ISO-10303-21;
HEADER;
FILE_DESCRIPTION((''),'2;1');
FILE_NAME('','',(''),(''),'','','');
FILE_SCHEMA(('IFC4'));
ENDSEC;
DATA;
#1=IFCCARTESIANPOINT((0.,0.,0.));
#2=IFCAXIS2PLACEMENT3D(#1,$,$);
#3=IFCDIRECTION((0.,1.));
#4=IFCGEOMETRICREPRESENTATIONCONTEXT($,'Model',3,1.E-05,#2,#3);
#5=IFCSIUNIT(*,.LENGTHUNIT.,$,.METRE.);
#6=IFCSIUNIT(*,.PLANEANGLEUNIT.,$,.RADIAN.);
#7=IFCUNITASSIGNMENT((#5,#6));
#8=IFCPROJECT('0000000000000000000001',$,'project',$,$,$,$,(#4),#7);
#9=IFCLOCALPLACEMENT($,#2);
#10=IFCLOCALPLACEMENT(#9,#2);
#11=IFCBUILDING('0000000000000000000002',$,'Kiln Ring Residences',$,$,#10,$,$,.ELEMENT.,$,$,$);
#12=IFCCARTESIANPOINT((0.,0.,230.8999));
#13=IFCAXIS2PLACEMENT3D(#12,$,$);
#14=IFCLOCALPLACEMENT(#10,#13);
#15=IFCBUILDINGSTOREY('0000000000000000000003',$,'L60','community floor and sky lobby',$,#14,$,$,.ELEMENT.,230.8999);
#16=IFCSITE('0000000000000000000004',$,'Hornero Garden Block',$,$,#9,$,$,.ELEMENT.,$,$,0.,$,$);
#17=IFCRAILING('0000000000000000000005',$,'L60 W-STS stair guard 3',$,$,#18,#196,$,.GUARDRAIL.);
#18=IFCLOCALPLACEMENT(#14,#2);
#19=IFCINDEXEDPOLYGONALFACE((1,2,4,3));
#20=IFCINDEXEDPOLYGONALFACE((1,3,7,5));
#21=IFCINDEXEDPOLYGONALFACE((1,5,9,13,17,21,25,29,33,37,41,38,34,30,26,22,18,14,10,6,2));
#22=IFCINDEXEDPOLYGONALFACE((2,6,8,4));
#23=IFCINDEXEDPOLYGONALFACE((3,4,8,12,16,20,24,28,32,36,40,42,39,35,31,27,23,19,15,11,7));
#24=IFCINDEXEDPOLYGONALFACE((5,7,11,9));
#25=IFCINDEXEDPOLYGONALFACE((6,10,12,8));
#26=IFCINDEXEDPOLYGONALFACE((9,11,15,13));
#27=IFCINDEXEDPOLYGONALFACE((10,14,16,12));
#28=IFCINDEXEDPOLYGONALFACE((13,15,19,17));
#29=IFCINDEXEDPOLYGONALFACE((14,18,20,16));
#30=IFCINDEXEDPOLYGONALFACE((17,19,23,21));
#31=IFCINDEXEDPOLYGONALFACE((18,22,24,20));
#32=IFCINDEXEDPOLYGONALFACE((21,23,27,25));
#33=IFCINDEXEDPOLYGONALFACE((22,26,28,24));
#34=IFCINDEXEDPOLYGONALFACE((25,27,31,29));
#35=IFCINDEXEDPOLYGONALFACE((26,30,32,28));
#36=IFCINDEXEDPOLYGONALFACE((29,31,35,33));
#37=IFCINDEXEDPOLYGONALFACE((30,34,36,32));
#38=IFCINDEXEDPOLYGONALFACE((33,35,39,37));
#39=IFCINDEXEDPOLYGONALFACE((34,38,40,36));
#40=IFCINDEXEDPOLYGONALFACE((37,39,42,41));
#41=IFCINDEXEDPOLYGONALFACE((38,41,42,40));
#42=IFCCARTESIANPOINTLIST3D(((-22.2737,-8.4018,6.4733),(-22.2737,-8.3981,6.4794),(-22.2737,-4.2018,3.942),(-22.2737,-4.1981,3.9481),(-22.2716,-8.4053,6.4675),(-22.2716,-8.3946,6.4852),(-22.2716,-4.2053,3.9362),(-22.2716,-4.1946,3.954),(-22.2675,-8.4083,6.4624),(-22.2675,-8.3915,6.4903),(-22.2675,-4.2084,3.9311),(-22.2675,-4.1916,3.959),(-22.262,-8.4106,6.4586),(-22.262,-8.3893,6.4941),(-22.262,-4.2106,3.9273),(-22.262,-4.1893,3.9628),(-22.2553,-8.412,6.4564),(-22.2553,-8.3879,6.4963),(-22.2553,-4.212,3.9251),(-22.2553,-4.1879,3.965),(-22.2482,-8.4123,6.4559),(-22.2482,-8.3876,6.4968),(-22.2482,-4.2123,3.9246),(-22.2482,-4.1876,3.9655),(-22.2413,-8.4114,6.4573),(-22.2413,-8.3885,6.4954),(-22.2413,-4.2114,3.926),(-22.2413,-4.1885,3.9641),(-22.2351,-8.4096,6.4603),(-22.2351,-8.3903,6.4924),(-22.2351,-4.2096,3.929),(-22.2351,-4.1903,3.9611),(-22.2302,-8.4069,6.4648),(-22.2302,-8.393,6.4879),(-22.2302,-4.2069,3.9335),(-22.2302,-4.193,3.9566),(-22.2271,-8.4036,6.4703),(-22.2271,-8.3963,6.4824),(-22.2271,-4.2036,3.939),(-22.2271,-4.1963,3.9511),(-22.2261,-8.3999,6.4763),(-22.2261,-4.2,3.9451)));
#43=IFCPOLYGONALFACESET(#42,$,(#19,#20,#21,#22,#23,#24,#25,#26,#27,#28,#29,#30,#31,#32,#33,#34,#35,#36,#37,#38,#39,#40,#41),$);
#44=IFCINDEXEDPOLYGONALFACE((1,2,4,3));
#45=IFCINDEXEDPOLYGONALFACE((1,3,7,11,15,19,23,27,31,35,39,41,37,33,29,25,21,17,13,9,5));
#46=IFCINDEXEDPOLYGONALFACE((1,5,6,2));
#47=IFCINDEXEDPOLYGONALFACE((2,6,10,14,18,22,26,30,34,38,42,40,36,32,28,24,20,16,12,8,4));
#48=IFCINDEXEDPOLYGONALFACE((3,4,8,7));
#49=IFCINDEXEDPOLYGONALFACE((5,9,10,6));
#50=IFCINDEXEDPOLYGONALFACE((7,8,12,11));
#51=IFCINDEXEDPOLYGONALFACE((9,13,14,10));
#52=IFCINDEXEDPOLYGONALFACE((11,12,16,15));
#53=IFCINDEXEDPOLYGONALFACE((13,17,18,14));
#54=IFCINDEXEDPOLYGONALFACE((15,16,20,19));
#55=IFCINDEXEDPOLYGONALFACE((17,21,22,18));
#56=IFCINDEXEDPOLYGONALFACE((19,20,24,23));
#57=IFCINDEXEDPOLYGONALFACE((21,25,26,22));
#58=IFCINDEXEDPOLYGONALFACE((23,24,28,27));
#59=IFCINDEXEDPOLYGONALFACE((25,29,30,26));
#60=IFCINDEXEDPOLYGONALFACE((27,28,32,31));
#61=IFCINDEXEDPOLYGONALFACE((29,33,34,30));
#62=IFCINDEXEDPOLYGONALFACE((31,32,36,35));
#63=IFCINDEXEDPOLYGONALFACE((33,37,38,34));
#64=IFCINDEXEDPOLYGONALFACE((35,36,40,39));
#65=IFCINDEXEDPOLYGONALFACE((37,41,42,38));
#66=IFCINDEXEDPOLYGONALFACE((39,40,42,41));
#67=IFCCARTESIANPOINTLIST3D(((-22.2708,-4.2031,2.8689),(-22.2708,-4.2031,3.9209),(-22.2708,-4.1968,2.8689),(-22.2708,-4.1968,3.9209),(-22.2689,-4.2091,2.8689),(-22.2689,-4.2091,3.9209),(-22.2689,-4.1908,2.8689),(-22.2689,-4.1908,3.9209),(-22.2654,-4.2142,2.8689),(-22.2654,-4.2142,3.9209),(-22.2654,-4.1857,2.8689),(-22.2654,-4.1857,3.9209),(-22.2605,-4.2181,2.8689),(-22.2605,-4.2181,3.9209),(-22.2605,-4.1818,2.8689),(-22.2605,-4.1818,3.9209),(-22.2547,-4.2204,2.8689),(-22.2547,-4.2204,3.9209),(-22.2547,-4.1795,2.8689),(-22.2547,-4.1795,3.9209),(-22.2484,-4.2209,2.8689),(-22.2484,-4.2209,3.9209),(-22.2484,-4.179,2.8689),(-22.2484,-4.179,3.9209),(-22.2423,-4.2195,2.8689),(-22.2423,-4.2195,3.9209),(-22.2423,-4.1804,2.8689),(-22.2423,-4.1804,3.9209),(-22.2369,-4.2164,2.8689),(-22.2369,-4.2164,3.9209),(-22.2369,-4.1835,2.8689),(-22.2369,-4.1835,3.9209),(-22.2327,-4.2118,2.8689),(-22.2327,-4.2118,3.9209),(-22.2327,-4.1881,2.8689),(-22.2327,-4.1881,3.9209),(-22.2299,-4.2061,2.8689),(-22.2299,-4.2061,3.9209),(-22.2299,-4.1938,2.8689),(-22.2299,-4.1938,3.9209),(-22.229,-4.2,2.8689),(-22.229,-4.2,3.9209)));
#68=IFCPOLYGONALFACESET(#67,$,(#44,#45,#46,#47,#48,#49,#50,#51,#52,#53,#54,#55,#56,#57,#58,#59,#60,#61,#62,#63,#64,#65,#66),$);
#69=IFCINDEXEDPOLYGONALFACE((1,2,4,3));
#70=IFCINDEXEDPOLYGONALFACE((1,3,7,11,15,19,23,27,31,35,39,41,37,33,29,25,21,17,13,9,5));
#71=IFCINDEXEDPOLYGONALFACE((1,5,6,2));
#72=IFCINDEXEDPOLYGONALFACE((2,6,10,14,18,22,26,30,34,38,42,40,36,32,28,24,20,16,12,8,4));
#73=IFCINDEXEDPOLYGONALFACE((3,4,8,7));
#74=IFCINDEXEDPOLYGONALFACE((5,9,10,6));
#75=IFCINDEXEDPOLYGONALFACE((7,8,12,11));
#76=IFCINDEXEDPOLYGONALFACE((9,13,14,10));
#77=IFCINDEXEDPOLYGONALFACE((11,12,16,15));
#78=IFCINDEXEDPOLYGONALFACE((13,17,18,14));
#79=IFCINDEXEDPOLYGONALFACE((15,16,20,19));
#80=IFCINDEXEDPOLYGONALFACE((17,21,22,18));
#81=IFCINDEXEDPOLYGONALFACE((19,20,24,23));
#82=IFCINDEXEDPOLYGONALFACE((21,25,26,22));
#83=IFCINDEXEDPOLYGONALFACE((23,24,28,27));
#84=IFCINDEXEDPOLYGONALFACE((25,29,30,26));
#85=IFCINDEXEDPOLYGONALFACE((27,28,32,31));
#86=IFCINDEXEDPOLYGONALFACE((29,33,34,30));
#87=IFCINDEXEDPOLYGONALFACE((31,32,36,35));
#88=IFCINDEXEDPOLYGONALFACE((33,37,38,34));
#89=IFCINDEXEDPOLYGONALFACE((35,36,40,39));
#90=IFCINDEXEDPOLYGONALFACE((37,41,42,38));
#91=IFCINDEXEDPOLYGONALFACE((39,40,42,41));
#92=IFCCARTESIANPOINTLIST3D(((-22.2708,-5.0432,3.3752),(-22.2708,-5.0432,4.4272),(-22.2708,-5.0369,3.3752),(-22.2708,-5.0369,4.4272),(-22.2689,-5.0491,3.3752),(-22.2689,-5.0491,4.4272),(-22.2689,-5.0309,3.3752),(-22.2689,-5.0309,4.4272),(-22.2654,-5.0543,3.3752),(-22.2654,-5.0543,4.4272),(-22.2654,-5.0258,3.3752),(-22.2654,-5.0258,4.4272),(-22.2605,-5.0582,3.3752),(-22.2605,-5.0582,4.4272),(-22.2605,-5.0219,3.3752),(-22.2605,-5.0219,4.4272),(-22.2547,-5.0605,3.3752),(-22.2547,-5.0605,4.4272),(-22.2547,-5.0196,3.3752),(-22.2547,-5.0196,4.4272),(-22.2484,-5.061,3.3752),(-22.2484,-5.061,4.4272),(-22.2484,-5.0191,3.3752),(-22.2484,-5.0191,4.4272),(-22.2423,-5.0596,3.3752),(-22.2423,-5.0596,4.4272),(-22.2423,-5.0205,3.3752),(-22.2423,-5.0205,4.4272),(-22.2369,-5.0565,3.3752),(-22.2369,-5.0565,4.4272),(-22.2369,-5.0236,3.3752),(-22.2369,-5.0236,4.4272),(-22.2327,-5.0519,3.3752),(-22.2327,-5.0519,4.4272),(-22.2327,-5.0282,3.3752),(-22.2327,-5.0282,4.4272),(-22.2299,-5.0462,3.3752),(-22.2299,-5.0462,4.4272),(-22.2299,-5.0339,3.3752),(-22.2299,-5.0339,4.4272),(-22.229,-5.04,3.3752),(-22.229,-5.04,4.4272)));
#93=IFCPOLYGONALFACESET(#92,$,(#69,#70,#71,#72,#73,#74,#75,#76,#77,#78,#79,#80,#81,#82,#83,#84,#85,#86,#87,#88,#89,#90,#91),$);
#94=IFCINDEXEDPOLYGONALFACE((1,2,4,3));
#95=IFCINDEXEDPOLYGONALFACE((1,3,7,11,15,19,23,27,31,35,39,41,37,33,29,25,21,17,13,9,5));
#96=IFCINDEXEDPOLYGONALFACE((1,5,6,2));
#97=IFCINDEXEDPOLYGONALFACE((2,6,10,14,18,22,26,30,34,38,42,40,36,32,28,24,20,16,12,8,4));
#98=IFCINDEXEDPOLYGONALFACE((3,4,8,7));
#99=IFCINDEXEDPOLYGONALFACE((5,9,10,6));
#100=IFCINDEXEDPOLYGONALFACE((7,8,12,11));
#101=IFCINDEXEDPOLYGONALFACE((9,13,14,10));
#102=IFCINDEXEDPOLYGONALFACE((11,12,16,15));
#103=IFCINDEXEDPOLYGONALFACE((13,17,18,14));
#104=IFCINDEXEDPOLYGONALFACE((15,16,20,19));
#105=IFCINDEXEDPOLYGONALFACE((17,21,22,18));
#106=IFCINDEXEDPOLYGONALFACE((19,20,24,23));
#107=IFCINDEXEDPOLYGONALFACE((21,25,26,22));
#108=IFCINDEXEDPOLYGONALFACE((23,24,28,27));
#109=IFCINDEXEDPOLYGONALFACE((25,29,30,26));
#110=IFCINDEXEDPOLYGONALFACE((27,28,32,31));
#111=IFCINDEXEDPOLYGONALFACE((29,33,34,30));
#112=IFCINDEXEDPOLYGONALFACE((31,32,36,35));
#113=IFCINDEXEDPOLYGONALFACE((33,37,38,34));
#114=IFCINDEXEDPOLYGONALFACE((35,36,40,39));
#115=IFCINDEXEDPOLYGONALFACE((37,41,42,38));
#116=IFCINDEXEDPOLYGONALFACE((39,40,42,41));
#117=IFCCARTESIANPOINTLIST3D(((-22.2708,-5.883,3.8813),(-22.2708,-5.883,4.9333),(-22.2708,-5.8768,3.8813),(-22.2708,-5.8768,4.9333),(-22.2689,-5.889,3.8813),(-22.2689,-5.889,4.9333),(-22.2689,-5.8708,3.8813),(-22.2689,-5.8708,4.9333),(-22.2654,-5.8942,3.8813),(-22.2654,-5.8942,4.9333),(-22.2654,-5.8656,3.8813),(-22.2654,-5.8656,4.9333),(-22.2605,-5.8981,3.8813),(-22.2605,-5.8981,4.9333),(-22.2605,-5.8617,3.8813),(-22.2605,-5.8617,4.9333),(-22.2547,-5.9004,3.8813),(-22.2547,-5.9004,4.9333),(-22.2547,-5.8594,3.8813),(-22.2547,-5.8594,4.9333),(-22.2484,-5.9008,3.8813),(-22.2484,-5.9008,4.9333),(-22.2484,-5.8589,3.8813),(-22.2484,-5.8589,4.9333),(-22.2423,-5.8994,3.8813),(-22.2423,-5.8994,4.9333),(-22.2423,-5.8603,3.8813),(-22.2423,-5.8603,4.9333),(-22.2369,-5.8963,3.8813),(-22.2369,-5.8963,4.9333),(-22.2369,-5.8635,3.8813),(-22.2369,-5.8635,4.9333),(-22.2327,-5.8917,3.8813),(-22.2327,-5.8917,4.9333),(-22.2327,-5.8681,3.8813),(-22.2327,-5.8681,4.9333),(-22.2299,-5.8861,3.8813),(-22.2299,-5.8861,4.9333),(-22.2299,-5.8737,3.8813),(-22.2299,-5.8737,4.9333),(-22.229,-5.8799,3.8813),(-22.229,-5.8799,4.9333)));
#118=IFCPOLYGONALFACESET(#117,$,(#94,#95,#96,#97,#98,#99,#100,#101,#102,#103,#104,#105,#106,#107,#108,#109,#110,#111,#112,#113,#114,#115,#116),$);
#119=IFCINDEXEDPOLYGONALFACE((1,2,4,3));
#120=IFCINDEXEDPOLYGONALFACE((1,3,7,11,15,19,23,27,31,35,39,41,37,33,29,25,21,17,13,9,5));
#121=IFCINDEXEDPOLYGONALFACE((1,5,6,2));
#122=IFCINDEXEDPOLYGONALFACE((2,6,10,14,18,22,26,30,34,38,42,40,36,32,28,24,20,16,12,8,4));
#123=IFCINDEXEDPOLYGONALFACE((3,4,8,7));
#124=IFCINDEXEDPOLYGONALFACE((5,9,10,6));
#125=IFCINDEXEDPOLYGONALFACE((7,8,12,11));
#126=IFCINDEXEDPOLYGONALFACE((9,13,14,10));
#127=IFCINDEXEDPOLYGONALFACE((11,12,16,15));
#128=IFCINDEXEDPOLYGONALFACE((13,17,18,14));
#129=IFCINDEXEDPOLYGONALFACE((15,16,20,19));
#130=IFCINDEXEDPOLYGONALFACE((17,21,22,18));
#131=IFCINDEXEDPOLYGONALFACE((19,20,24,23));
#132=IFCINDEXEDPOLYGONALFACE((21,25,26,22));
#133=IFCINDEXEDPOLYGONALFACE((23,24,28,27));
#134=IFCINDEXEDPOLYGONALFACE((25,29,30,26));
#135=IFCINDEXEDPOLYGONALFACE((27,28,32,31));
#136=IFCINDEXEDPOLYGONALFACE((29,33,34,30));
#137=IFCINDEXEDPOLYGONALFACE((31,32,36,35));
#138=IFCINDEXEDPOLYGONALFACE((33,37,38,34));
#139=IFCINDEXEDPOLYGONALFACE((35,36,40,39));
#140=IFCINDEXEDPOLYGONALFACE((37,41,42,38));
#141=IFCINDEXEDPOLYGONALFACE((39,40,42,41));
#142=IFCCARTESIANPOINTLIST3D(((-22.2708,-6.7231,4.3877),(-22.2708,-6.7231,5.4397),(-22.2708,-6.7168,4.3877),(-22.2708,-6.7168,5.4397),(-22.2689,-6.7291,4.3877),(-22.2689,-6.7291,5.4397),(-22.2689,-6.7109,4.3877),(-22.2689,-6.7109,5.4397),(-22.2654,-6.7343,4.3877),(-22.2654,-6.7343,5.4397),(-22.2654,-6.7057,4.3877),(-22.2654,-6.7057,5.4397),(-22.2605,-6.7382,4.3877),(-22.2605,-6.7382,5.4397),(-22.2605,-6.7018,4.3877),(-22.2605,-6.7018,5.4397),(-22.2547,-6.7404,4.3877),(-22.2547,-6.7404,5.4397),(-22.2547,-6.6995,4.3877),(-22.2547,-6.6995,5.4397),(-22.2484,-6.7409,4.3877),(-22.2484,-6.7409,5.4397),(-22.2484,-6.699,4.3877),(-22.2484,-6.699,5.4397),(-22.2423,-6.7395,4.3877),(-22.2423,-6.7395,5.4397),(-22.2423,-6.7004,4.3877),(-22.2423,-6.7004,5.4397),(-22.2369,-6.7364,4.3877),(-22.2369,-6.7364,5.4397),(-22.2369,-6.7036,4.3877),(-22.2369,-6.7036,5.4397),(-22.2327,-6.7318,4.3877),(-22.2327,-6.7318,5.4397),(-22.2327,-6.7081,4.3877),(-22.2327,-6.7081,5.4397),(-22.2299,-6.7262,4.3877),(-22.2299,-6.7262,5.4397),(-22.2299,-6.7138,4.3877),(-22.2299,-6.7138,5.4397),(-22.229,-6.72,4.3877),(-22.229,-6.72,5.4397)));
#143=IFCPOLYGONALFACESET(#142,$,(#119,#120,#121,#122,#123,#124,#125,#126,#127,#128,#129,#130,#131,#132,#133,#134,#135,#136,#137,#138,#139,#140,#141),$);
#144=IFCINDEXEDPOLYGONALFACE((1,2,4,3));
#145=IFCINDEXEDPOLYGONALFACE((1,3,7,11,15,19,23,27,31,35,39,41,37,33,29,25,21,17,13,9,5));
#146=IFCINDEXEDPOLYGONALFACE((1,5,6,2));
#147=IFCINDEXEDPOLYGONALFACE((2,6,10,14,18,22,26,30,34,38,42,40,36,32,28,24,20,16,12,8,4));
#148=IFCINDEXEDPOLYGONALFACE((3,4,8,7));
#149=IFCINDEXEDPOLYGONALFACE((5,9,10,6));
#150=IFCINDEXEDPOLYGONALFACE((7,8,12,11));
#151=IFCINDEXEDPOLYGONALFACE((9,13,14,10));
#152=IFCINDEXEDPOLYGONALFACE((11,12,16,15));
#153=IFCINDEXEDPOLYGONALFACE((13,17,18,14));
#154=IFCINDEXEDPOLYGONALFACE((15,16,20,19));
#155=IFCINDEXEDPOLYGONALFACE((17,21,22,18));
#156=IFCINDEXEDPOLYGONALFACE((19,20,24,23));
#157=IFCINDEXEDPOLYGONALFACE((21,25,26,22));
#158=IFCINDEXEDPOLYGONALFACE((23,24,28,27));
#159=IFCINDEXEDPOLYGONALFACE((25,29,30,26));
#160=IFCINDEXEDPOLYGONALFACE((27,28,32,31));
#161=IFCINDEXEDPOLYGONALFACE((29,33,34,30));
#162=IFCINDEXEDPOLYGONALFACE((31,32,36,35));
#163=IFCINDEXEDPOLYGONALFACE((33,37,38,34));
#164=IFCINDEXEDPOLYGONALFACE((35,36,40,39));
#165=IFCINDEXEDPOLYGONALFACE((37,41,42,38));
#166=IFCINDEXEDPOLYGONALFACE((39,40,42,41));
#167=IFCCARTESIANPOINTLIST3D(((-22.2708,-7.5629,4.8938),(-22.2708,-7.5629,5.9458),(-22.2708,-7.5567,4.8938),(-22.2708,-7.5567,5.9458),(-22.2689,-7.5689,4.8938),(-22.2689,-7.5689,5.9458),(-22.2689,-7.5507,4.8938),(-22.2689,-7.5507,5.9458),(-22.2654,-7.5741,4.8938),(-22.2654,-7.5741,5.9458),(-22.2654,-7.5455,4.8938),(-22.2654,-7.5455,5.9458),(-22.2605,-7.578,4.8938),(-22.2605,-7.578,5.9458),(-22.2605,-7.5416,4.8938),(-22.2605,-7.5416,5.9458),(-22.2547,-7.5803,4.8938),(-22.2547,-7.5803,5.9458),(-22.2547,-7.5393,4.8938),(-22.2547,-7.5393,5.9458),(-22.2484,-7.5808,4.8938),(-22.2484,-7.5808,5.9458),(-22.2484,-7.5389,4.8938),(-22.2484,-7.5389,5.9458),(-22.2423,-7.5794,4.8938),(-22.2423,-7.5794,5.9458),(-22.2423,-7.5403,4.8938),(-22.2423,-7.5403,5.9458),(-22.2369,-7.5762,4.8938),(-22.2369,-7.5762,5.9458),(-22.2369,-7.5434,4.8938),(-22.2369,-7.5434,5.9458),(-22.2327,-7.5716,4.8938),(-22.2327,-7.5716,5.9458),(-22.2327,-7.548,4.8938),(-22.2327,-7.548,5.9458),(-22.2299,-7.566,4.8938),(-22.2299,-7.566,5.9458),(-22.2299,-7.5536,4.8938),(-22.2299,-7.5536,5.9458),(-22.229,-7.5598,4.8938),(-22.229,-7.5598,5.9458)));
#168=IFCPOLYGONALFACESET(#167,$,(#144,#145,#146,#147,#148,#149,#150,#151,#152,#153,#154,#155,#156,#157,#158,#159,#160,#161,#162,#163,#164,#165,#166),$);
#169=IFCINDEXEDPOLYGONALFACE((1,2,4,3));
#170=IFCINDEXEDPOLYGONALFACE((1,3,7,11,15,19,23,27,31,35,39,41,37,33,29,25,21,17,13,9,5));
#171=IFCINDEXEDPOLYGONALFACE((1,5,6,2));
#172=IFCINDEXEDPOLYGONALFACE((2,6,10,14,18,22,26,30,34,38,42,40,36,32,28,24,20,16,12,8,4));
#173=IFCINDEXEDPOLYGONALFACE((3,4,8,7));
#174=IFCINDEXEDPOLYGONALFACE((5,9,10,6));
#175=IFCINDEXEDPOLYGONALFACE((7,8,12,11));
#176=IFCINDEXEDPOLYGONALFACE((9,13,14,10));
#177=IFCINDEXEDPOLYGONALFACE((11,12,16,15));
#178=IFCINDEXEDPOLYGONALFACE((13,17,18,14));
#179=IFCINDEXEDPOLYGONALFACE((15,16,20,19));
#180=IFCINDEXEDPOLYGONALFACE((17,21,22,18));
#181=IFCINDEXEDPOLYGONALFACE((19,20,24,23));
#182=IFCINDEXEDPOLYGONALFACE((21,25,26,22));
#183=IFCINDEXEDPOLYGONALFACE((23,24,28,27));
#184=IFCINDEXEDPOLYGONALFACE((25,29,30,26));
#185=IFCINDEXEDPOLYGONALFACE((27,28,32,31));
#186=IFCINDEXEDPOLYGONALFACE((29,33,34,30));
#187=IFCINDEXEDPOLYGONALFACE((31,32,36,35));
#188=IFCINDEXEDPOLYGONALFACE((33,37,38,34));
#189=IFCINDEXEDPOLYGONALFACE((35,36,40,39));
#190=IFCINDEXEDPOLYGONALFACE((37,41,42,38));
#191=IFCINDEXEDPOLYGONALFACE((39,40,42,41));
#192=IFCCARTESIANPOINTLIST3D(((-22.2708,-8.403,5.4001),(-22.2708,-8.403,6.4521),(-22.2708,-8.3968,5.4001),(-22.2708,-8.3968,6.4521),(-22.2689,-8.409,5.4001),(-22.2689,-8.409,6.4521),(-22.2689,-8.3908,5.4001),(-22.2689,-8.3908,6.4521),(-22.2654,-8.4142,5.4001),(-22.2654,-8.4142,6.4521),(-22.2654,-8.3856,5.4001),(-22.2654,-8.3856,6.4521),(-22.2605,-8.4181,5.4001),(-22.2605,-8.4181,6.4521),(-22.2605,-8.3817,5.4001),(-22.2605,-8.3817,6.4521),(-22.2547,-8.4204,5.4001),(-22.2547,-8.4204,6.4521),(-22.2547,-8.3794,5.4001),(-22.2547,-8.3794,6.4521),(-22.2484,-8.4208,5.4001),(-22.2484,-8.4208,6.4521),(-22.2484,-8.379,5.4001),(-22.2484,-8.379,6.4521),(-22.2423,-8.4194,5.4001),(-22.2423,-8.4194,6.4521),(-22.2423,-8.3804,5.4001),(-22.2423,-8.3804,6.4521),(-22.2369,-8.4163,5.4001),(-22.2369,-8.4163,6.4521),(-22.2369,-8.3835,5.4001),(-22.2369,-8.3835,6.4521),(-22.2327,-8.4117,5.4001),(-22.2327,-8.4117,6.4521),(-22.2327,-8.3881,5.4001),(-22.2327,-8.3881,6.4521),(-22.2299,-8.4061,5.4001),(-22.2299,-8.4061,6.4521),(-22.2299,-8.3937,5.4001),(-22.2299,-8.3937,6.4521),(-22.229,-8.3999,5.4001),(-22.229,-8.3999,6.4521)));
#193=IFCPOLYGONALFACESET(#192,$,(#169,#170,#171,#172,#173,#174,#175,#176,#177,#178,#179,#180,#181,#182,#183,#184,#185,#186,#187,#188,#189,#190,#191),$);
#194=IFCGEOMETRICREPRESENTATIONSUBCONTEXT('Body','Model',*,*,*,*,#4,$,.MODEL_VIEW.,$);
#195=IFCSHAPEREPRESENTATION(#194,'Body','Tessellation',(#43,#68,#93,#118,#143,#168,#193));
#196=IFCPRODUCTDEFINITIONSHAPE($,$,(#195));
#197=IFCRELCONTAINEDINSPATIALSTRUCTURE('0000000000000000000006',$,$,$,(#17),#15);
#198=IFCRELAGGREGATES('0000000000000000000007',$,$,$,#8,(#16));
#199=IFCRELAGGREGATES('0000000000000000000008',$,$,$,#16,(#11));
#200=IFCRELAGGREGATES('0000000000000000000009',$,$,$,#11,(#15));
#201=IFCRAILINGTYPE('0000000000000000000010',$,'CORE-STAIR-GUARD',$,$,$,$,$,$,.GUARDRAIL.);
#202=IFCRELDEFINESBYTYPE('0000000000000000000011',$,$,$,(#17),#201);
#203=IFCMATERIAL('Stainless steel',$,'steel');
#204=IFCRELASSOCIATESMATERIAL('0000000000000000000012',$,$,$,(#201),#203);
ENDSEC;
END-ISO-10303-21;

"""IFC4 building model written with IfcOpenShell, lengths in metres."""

from ifc_helpers import new_model, si_unit, direction, frame, origin, origin_2d, place, context, subcontext, project, spatial, circle, extrude, material, type_object, element, save


model = new_model("IFC4")

# Units and contexts
model_context = context("Model", 3, precision=1e-05, world=origin(), true_north=direction((0.0, 1.0)))
body_context = subcontext(model_context, "Body", "Model", "MODEL_VIEW")
ifc_project = project(units=[si_unit("LENGTHUNIT", "METRE"), si_unit("PLANEANGLEUNIT", "RADIAN")], contexts=[model_context])

# Site, building, storey
site_placement = place(None, origin())
site = spatial("IfcSite", under=ifc_project, at=site_placement, Name="Hornero Garden Block", CompositionType="ELEMENT", RefElevation=0.0)
building_placement = place(site_placement, origin())
building = spatial("IfcBuilding", under=site, at=building_placement, Name="Kiln Ring Residences", CompositionType="ELEMENT")
storey_placement = place(building_placement, frame((0.0, 0.0, 230.8999)))
storey = spatial("IfcBuildingStorey", under=building, at=storey_placement, Name="L60", Description="community floor and sky lobby", CompositionType="ELEMENT", Elevation=230.8999)

# Railing
ifc_material_1 = material(Name="Stainless steel", Category="steel")
railing_type_1 = type_object("IfcRailingType", Name="CORE-STAIR-GUARD", PredefinedType="GUARDRAIL", material=ifc_material_1)
railing_1_placement = place(storey_placement, frame((-22.25, -4.2, 2.8689)))
element("IfcRailing", 1, at=railing_1_placement, inside=storey, type_object=railing_type_1, Name="L60 W-STS stair guard 3", PredefinedType="GUARDRAIL", context=body_context, shape_type="SweptSolid", body=[
    extrude(circle(Radius=0.0239, at=origin_2d()), frame((0.0, 0.0, 1.0762), z_axis=(0.0, -0.856476, 0.516186), x_axis=(1.0, 0.0, 0.0)), (0.0, 0.0, 1.0), 4.9038),
    extrude(circle(Radius=0.021, at=origin_2d()), origin(), (0.0, 0.0, 1.0), 1.052),
    extrude(circle(Radius=0.021, at=origin_2d()), frame((0.0, -0.8401, 0.5063)), (0.0, 0.0, 1.0), 1.052),
    extrude(circle(Radius=0.021, at=origin_2d()), frame((0.0, -1.6799, 1.0125)), (0.0, 0.0, 1.0), 1.052),
    extrude(circle(Radius=0.021, at=origin_2d()), frame((0.0, -2.52, 1.5188)), (0.0, 0.0, 1.0), 1.052),
    extrude(circle(Radius=0.021, at=origin_2d()), frame((0.0, -3.3599, 2.0249)), (0.0, 0.0, 1.0), 1.052),
    extrude(circle(Radius=0.021, at=origin_2d()), frame((0.0, -4.2, 2.5312)), (0.0, 0.0, 1.0), 1.052),
])

save(model, "model.ifc")
